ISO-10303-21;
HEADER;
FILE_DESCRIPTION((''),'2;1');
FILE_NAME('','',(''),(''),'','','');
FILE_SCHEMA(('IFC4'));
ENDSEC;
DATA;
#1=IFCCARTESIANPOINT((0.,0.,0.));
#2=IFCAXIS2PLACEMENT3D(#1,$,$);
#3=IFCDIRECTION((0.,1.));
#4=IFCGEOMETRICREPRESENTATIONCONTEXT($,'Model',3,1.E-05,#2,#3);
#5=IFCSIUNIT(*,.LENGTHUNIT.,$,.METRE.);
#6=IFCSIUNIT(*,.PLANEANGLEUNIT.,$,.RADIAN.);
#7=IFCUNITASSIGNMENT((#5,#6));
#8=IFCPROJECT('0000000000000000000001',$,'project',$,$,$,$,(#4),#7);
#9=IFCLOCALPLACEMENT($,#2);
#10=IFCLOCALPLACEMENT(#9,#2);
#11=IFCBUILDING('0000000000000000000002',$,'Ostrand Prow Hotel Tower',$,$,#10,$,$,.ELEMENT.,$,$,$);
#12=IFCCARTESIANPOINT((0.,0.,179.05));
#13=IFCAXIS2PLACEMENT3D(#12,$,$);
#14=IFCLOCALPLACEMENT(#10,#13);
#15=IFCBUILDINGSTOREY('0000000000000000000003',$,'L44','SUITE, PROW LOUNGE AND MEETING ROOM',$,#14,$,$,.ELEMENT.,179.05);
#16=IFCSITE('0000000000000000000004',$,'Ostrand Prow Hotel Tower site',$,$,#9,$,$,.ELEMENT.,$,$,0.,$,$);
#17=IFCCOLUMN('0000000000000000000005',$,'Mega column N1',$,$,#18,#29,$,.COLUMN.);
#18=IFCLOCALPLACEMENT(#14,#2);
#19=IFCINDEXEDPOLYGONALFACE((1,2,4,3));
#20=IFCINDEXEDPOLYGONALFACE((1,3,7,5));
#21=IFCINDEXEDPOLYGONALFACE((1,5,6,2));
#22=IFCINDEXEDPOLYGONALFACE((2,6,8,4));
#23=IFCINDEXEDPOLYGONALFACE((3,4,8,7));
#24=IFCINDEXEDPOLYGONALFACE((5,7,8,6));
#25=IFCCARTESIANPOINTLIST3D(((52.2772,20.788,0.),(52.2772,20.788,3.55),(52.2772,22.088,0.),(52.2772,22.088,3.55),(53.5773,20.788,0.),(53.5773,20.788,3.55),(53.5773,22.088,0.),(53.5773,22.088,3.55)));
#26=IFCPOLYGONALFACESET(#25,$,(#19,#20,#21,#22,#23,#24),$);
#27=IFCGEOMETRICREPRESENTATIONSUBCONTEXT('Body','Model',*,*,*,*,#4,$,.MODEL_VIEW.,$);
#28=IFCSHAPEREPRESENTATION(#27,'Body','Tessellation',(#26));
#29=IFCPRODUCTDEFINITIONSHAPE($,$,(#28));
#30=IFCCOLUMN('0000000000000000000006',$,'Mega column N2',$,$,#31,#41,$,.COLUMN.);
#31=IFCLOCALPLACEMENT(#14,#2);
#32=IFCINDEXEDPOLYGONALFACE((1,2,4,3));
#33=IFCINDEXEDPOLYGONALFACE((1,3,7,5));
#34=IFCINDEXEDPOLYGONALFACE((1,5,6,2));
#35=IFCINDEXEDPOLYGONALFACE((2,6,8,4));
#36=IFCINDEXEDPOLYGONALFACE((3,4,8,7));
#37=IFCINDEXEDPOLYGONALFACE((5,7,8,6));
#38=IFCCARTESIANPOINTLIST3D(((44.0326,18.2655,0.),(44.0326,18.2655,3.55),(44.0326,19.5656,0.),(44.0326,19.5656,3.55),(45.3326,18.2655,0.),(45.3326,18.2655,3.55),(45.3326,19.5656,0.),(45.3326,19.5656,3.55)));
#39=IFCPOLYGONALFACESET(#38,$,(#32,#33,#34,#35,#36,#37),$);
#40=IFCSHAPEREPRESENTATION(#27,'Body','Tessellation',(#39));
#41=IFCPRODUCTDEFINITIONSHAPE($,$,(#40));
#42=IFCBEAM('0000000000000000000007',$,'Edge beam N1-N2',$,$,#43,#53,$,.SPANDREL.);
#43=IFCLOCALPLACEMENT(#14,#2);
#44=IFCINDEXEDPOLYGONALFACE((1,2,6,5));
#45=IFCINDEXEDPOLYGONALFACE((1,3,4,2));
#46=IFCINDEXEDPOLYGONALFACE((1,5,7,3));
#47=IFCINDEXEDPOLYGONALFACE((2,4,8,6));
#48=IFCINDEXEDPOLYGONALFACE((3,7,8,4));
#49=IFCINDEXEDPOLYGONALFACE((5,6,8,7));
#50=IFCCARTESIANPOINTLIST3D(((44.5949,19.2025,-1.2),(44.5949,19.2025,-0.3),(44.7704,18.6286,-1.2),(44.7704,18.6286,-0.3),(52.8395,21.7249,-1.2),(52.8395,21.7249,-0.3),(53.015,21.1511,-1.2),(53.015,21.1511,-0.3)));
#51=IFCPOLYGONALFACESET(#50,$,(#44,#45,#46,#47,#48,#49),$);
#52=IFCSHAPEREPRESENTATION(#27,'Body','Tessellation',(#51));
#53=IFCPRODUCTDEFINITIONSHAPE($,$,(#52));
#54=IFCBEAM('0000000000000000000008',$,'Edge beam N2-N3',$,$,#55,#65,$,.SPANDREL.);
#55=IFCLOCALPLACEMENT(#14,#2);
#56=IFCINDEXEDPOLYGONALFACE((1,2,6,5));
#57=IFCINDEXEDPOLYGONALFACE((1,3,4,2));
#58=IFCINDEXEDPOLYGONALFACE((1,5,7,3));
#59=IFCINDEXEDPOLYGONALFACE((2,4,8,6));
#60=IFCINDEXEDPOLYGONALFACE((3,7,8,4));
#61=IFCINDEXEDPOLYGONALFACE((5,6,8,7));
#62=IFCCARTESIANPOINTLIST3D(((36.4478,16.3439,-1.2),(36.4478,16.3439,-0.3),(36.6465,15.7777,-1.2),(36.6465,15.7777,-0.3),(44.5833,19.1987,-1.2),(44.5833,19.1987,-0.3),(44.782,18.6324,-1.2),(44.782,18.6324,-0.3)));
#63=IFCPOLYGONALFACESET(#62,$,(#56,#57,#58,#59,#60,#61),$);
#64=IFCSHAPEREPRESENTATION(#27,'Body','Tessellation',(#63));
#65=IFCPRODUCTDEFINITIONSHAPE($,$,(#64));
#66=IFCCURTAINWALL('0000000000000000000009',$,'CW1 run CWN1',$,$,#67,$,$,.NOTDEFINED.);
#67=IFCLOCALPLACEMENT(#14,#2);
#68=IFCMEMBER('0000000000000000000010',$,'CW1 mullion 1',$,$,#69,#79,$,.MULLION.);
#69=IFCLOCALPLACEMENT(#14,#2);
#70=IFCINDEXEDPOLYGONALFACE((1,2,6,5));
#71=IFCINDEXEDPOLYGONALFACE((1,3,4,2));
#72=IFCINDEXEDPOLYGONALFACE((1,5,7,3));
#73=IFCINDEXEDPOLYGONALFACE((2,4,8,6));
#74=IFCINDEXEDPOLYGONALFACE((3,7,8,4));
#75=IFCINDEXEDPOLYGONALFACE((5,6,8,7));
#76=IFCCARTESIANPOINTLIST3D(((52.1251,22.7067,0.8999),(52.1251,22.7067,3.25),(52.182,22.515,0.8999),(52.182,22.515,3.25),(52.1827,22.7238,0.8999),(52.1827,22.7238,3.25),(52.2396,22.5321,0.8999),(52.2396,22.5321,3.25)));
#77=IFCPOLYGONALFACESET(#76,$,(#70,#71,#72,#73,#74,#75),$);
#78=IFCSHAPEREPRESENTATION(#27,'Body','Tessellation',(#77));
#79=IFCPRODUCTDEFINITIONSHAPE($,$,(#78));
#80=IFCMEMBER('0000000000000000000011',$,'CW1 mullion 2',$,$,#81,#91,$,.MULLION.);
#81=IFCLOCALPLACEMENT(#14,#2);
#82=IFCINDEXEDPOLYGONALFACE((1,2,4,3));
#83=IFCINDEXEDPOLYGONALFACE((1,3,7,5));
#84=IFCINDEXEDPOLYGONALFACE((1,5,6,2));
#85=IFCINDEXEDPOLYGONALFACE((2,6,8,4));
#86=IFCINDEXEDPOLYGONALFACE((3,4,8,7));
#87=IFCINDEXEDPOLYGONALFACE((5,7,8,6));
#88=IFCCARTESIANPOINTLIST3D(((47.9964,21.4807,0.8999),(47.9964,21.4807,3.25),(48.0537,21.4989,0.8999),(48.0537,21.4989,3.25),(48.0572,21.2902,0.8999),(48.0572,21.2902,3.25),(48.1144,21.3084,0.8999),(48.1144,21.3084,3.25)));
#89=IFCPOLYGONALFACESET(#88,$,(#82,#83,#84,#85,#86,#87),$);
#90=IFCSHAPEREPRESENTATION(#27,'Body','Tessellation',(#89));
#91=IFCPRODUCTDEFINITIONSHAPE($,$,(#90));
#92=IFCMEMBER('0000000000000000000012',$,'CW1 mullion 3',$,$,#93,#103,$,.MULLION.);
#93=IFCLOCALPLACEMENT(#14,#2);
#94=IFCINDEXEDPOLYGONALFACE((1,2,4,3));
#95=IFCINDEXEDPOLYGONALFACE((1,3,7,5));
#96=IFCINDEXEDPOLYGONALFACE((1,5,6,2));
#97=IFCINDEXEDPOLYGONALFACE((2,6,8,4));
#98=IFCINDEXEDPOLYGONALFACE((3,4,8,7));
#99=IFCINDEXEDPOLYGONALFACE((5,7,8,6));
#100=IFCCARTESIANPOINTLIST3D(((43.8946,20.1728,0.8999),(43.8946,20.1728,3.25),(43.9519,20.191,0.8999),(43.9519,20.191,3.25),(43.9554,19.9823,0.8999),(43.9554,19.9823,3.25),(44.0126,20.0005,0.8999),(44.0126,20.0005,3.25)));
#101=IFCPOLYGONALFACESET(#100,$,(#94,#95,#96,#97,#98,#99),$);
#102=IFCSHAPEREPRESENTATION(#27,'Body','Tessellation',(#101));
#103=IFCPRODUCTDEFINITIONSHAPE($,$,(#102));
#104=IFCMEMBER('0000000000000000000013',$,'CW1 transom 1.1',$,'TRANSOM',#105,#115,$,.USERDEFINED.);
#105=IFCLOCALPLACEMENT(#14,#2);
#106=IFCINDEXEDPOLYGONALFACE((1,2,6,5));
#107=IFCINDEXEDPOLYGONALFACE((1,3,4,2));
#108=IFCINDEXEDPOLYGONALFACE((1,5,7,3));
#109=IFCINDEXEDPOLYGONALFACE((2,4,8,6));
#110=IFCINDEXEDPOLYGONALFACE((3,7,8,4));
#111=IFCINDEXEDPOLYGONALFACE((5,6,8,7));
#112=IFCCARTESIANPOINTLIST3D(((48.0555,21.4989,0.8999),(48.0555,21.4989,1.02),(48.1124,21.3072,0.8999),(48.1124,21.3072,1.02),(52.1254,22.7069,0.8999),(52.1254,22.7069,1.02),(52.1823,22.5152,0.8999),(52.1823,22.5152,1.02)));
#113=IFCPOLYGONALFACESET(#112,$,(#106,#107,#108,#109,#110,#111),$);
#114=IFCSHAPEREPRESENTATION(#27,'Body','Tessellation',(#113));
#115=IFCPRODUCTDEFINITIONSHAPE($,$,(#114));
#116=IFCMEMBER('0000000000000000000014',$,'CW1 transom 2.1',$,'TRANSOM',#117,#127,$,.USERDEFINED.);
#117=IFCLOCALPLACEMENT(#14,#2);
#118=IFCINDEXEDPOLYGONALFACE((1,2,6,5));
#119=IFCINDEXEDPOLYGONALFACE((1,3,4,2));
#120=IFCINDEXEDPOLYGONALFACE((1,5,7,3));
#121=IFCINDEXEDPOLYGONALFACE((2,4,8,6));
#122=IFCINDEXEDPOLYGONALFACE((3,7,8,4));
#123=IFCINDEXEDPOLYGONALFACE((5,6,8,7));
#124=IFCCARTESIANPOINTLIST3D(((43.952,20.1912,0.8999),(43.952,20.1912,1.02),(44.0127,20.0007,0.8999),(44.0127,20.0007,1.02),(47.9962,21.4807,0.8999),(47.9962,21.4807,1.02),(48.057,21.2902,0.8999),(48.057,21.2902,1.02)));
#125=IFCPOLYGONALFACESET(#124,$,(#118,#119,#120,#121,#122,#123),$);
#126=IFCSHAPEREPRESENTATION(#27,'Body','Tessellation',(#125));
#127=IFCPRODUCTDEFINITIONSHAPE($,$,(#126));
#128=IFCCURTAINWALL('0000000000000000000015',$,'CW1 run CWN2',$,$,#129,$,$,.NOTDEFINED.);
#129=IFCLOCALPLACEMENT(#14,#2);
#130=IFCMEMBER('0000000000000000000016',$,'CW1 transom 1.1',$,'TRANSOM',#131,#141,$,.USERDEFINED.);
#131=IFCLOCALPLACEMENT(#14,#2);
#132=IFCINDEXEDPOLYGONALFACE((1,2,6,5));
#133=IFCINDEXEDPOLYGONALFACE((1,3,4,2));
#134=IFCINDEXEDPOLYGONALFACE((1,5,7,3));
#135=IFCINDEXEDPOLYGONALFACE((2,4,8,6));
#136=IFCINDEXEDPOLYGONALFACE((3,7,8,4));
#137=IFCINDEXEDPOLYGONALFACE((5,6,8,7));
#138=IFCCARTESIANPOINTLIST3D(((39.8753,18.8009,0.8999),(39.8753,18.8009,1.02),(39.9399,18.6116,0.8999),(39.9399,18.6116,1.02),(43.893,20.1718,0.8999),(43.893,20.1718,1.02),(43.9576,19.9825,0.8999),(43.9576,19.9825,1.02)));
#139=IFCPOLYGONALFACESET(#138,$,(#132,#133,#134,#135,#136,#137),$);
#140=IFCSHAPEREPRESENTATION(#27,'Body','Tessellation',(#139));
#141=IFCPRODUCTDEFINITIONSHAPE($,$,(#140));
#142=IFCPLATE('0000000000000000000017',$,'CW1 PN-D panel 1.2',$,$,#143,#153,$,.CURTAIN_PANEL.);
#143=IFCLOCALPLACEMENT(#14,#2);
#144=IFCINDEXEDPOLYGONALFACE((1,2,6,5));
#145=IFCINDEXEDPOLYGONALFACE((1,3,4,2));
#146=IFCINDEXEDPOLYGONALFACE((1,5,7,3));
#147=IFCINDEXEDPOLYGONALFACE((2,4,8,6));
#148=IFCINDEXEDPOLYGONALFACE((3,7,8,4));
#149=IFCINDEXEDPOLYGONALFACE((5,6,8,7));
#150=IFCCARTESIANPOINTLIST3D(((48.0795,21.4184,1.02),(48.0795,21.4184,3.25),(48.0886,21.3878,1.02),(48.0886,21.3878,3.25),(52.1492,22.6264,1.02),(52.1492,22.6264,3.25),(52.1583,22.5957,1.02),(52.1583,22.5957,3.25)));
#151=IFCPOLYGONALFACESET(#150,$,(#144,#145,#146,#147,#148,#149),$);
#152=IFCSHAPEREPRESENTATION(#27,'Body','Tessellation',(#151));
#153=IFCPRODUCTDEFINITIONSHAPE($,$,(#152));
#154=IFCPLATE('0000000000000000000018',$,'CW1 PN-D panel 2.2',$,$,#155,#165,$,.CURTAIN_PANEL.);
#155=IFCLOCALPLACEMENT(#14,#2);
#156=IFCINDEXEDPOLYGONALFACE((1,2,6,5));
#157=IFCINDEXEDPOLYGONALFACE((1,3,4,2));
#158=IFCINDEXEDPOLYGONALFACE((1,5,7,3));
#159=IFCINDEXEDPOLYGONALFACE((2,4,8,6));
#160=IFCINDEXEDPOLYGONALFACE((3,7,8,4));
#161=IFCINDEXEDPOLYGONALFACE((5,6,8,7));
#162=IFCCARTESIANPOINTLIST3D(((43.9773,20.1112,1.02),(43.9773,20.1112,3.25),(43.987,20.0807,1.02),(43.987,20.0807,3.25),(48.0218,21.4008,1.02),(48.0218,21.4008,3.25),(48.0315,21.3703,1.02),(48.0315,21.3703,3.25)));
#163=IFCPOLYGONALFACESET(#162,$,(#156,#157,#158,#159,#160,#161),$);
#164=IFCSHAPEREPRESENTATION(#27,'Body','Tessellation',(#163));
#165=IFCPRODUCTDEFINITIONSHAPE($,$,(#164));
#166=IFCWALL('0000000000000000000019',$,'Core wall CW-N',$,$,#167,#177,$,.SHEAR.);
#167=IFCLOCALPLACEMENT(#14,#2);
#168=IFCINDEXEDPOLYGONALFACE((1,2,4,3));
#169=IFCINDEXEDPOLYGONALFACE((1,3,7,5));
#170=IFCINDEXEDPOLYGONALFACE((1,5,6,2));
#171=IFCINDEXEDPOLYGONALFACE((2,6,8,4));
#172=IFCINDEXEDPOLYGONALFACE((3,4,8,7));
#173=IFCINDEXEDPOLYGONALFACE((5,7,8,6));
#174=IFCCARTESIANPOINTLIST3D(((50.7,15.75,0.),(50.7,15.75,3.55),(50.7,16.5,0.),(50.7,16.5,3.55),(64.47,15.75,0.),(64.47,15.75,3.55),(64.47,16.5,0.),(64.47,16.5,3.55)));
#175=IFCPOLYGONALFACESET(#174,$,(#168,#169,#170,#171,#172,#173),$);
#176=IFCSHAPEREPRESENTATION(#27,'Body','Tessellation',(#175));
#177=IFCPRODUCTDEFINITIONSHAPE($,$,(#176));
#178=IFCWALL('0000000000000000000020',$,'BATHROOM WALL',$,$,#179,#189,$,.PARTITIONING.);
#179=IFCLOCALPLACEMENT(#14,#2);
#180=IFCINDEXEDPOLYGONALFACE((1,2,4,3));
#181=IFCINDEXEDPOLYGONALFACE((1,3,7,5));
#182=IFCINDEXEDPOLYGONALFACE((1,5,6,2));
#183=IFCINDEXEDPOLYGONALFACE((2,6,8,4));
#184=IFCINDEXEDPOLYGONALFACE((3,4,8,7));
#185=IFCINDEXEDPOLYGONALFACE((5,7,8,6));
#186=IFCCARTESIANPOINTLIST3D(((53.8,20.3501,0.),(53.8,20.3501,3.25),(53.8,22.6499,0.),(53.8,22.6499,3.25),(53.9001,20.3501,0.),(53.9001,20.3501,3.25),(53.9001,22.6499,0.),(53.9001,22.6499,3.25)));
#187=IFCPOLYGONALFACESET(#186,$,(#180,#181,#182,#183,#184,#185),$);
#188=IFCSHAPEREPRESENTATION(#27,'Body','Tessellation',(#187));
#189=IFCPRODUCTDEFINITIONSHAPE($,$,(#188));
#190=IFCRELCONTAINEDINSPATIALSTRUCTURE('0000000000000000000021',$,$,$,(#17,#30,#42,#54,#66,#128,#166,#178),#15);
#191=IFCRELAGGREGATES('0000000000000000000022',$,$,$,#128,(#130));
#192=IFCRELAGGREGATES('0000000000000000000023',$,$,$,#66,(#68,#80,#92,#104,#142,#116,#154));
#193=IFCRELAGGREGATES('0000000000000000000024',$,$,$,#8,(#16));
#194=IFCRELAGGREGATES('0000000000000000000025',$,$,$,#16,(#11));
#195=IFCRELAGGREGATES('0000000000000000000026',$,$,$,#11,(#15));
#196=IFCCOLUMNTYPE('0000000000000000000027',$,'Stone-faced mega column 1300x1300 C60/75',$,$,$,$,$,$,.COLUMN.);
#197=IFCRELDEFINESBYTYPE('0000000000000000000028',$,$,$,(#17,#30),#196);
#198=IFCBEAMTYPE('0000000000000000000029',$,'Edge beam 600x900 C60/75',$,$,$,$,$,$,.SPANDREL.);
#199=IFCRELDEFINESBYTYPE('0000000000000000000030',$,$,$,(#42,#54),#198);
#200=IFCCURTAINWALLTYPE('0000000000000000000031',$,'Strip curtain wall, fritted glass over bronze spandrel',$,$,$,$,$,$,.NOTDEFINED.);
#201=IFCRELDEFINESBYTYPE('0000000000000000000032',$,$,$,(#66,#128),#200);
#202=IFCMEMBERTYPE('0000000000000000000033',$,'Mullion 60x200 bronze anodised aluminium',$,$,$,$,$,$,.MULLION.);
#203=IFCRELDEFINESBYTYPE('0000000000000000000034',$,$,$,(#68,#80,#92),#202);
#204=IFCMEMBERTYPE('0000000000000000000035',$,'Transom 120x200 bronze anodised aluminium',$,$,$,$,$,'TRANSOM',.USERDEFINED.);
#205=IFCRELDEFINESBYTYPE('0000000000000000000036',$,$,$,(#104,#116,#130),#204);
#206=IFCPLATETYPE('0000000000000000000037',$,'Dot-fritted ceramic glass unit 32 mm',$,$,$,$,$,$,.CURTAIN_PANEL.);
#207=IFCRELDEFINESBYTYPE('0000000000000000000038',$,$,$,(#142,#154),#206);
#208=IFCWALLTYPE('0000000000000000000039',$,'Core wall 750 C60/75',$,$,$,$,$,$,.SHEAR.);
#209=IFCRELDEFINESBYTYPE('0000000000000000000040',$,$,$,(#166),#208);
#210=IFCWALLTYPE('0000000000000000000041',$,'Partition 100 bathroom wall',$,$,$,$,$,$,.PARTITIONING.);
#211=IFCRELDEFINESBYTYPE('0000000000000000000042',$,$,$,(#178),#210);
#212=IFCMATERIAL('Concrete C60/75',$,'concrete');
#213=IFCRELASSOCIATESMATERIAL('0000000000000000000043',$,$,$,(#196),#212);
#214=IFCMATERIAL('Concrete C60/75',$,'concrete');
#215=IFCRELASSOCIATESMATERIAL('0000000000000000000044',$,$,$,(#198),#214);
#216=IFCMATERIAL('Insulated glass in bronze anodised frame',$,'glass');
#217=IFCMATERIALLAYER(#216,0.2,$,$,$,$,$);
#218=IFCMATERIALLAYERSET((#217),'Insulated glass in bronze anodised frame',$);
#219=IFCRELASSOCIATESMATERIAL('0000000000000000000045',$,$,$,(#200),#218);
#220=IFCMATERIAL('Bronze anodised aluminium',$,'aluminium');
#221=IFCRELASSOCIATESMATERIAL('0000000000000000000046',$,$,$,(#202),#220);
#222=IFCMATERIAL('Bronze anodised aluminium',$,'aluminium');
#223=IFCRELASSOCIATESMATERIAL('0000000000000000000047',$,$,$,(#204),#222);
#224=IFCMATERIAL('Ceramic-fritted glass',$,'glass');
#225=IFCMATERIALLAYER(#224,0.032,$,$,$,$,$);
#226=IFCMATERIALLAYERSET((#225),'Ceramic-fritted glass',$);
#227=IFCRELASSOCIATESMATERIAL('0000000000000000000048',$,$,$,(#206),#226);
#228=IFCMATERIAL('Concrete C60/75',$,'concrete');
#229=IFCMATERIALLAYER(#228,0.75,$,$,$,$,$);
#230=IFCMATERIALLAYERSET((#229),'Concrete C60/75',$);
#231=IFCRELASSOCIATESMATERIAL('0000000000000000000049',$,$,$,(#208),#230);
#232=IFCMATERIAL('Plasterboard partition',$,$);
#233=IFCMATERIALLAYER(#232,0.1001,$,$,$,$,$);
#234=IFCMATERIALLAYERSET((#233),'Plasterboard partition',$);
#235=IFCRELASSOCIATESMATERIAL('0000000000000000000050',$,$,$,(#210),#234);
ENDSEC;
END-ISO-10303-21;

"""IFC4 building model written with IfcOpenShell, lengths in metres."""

from ifc_helpers import new_model, si_unit, direction, frame, frame_2d, origin, origin_2d, place, context, subcontext, project, spatial, rectangle, extrude, material, layer, layer_set, material_profile, profile_set, type_object, element, aggregate, save


model = new_model("IFC4")

# Units and contexts
model_context = context("Model", 3, precision=1e-05, world=origin(), true_north=direction((0.0, 1.0)))
body_context = subcontext(model_context, "Body", "Model", "MODEL_VIEW")
ifc_project = project(units=[si_unit("LENGTHUNIT", "METRE"), si_unit("PLANEANGLEUNIT", "RADIAN")], contexts=[model_context])

# Site, building, storey
site_placement = place(None, origin())
site = spatial("IfcSite", under=ifc_project, at=site_placement, Name="Ostrand Prow Hotel Tower site", CompositionType="ELEMENT", RefElevation=0.0)
building_placement = place(site_placement, origin())
building = spatial("IfcBuilding", under=site, at=building_placement, Name="Ostrand Prow Hotel Tower", CompositionType="ELEMENT")
storey_placement = place(building_placement, frame((0.0, 0.0, 179.05)))
storey = spatial("IfcBuildingStorey", under=building, at=storey_placement, Name="L44", Description="SUITE, PROW LOUNGE AND MEETING ROOM", CompositionType="ELEMENT", Elevation=179.05)

# Columns
ifc_material_1 = material(Name="Concrete C60/75", Category="concrete")
ifc_material_profile_1 = material_profile(ifc_material_1, rectangle(XDim=1.3, YDim=1.3, at=origin_2d()), Name="RC 1300x1300")
ifc_profile_set_1 = profile_set([ifc_material_profile_1], Name="Concrete C60/75")
column_type = type_object("IfcColumnType", Name="Stone-faced mega column 1300x1300 C60/75", PredefinedType="COLUMN", material=ifc_profile_set_1)
for number, where, z_axis, x_axis, name in (
    (1, (52.9272, 21.438, 0.0), (0.0, 0.0, 1.0), (1.0, 0.0, 0.0), "Mega column N1"),
    (2, (44.6826, 18.9155, 0.0), (0.0, 0.0, 1.0), (1.0, 0.0, 0.0), "Mega column N2"),
):
    element("IfcColumn", number, at=place(storey_placement, frame(where, z_axis=z_axis, x_axis=x_axis)), inside=storey, type_object=column_type, Name=name, PredefinedType="COLUMN", context=body_context, shape_type="SweptSolid", body=[
        extrude(rectangle(XDim=1.3, YDim=1.3, at=origin_2d()), origin(), (0.0, 0.0, 1.0), 3.55),
    ])

# Beams
ifc_material_2 = material(Name="Concrete C60/75", Category="concrete")
ifc_material_profile_2 = material_profile(ifc_material_2, rectangle(XDim=0.6001, YDim=0.8999, at=origin_2d()), Name="RC 600x900")
ifc_profile_set_2 = profile_set([ifc_material_profile_2], Name="Concrete C60/75")
beam_type = type_object("IfcBeamType", Name="Edge beam 600x900 C60/75", PredefinedType="SPANDREL", material=ifc_profile_set_2)
for number, where, z_axis, x_axis, name in (
    (3, (52.9272, 21.438, -0.75), (-0.956246, -0.292565, 0.0), (0.292565, -0.956246, 0.0), "Edge beam N1-N2"),
    (4, (44.6826, 18.9155, -0.75), (-0.943594, -0.331106, 0.0), (0.331106, -0.943594, 0.0), "Edge beam N2-N3"),
):
    element("IfcBeam", number, at=place(storey_placement, frame(where, z_axis=z_axis, x_axis=x_axis)), inside=storey, type_object=beam_type, Name=name, PredefinedType="SPANDREL", context=body_context, shape_type="SweptSolid", body=[
        extrude(rectangle(XDim=0.6001, YDim=0.8999, at=origin_2d()), origin(), (0.0, 0.0, 1.0), 8.6218),
    ])

# Curtain wall, members
ifc_material_3 = material(Name="Insulated glass in bronze anodised frame", Category="glass")
ifc_layer_1 = layer(ifc_material_3, 0.2)
ifc_layer_set_1 = layer_set([ifc_layer_1], Name="Insulated glass in bronze anodised frame")
curtain_wall_type = type_object("IfcCurtainWallType", Name="Strip curtain wall, fritted glass over bronze spandrel", PredefinedType="NOTDEFINED", material=ifc_layer_set_1)
curtain_wall_1_placement = place(storey_placement, origin())
curtain_wall_1 = element("IfcCurtainWall", 5, at=curtain_wall_1_placement, inside=storey, type_object=curtain_wall_type, Name="CW1 run CWN1", PredefinedType="NOTDEFINED")
ifc_material_4 = material(Name="Bronze anodised aluminium", Category="aluminium")
ifc_material_profile_3 = material_profile(ifc_material_4, rectangle(XDim=0.2, YDim=0.0601, at=origin_2d()), Name="Mullion 60x200 bronze anodised aluminium")
ifc_profile_set_3 = profile_set([ifc_material_profile_3], Name="Bronze anodised aluminium")
member_type_1 = type_object("IfcMemberType", Name="Mullion 60x200 bronze anodised aluminium", PredefinedType="MULLION", material=ifc_profile_set_3)
member_1_placement = place(storey_placement, frame((52.1824, 22.6194, 0.8999), z_axis=(0.0, 0.0, 1.0), x_axis=(0.284544, -0.958663, 0.0)))
member_1 = element("IfcMember", 6, at=member_1_placement, type_object=member_type_1, Name="CW1 mullion 1", PredefinedType="MULLION", context=body_context, shape_type="SweptSolid", body=[
    extrude(rectangle(XDim=0.2, YDim=0.0601, at=origin_2d()), origin(), (0.0, 0.0, 1.0), 2.3501),
])
member_2_placement = place(storey_placement, frame((48.0554, 21.3945, 0.8999), z_axis=(0.0, 0.0, 1.0), x_axis=(0.303787, -0.95274, 0.0)))
member_2 = element("IfcMember", 7, at=member_2_placement, type_object=member_type_1, Name="CW1 mullion 2", PredefinedType="MULLION", context=body_context, shape_type="SweptSolid", body=[
    extrude(rectangle(XDim=0.2, YDim=0.0601, at=origin_2d()), origin(), (0.0, 0.0, 1.0), 2.3501),
])
member_3_placement = place(storey_placement, frame((43.9536, 20.0867, 0.8999), z_axis=(0.0, 0.0, 1.0), x_axis=(0.303787, -0.95274, 0.0)))
member_3 = element("IfcMember", 8, at=member_3_placement, type_object=member_type_1, Name="CW1 mullion 3", PredefinedType="MULLION", context=body_context, shape_type="SweptSolid", body=[
    extrude(rectangle(XDim=0.2, YDim=0.0601, at=origin_2d()), origin(), (0.0, 0.0, 1.0), 2.3501),
])
ifc_material_5 = material(Name="Bronze anodised aluminium", Category="aluminium")
ifc_material_profile_4 = material_profile(ifc_material_5, rectangle(XDim=0.2, YDim=0.1201, at=origin_2d()), Name="Transom 120x200 bronze anodised aluminium")
ifc_profile_set_4 = profile_set([ifc_material_profile_4], Name="Bronze anodised aluminium")
member_type_2 = type_object("IfcMemberType", Name="Transom 120x200 bronze anodised aluminium", ElementType="TRANSOM", PredefinedType="USERDEFINED", material=ifc_profile_set_4)
member_4_placement = place(storey_placement, frame((52.1538, 22.6111, 0.96), z_axis=(-0.958661, -0.28455, 0.0), x_axis=(0.28455, -0.958661, 0.0)))
member_4 = element("IfcMember", 9, at=member_4_placement, type_object=member_type_2, Name="CW1 transom 1.1", ObjectType="TRANSOM", PredefinedType="USERDEFINED", context=body_context, shape_type="SweptSolid", body=[
    extrude(rectangle(XDim=0.2, YDim=0.1201, at=origin_2d()), origin(), (0.0, 0.0, 1.0), 4.2454),
])
member_5_placement = place(storey_placement, frame((48.0266, 21.3855, 0.96), z_axis=(-0.952738, -0.303795, 0.0), x_axis=(0.303795, -0.952738, 0.0)))
member_5 = element("IfcMember", 10, at=member_5_placement, type_object=member_type_2, Name="CW1 transom 2.1", ObjectType="TRANSOM", PredefinedType="USERDEFINED", context=body_context, shape_type="SweptSolid", body=[
    extrude(rectangle(XDim=0.2, YDim=0.1201, at=origin_2d()), origin(), (0.0, 0.0, 1.0), 4.2449),
])

# Curtain wall, member
curtain_wall_2_placement = place(storey_placement, origin())
curtain_wall_2 = element("IfcCurtainWall", 11, at=curtain_wall_2_placement, inside=storey, type_object=curtain_wall_type, Name="CW1 run CWN2", PredefinedType="NOTDEFINED")
member_6_placement = place(storey_placement, frame((43.9253, 20.0771, 0.96), z_axis=(-0.946422, -0.322932, 0.0), x_axis=(0.322932, -0.946422, 0.0)))
member_6 = element("IfcMember", 12, at=member_6_placement, type_object=member_type_2, Name="CW1 transom 1.1", ObjectType="TRANSOM", PredefinedType="USERDEFINED", context=body_context, shape_type="SweptSolid", body=[
    extrude(rectangle(XDim=0.2, YDim=0.1201, at=origin_2d()), origin(), (0.0, 0.0, 1.0), 4.2451),
])
aggregate(curtain_wall_2, [member_6])

# Plates
ifc_material_6 = material(Name="Ceramic-fritted glass", Category="glass")
ifc_layer_2 = layer(ifc_material_6, 0.032)
ifc_layer_set_2 = layer_set([ifc_layer_2], Name="Ceramic-fritted glass")
plate_type = type_object("IfcPlateType", Name="Dot-fritted ceramic glass unit 32 mm", PredefinedType="CURTAIN_PANEL", material=ifc_layer_set_2)
plate_1_placement = place(storey_placement, frame((50.1189, 22.0071, 1.02), z_axis=(0.0, 0.0, 1.0), x_axis=(-0.958663, -0.284544, 0.0)))
plate_1 = element("IfcPlate", 13, at=plate_1_placement, type_object=plate_type, Name="CW1 PN-D panel 1.2", PredefinedType="CURTAIN_PANEL", context=body_context, shape_type="SweptSolid", body=[
    extrude(rectangle(XDim=4.2451, YDim=0.032, at=origin_2d()), origin(), (0.0, 0.0, 1.0), 2.23),
])
plate_2_placement = place(storey_placement, frame((46.0044, 20.7407, 1.02), z_axis=(0.0, 0.0, 1.0), x_axis=(-0.95274, -0.303787, 0.0)))
plate_2 = element("IfcPlate", 14, at=plate_2_placement, type_object=plate_type, Name="CW1 PN-D panel 2.2", PredefinedType="CURTAIN_PANEL", context=body_context, shape_type="SweptSolid", body=[
    extrude(rectangle(XDim=4.2451, YDim=0.032, at=origin_2d()), origin(), (0.0, 0.0, 1.0), 2.23),
])
aggregate(curtain_wall_1, [member_1, member_2, member_3, member_4, plate_1, member_5, plate_2])

# Walls
ifc_material_7 = material(Name="Concrete C60/75", Category="concrete")
ifc_layer_3 = layer(ifc_material_7, 0.75)
ifc_layer_set_3 = layer_set([ifc_layer_3], Name="Concrete C60/75")
wall_type_1 = type_object("IfcWallType", Name="Core wall 750 C60/75", PredefinedType="SHEAR", material=ifc_layer_set_3)
wall_1_placement = place(storey_placement, frame((50.7, 16.125, 0.0), z_axis=(0.0, 0.0, 1.0), x_axis=(1.0, 0.0, 0.0)))
element("IfcWall", 15, at=wall_1_placement, inside=storey, type_object=wall_type_1, Name="Core wall CW-N", PredefinedType="SHEAR", context=body_context, shape_type="SweptSolid", body=[
    extrude(rectangle(XDim=13.77, YDim=0.75, at=frame_2d((6.885, 0.0))), origin(), (0.0, 0.0, 1.0), 3.55),
])
ifc_material_8 = material(Name="Plasterboard partition")
ifc_layer_4 = layer(ifc_material_8, 0.1001)
ifc_layer_set_4 = layer_set([ifc_layer_4], Name="Plasterboard partition")
wall_type_2 = type_object("IfcWallType", Name="Partition 100 bathroom wall", PredefinedType="PARTITIONING", material=ifc_layer_set_4)
wall_2_placement = place(storey_placement, frame((53.8501, 20.3501, 0.0), z_axis=(0.0, 0.0, 1.0), x_axis=(0.0, 1.0, 0.0)))
element("IfcWall", 16, at=wall_2_placement, inside=storey, type_object=wall_type_2, Name="BATHROOM WALL", PredefinedType="PARTITIONING", context=body_context, shape_type="SweptSolid", body=[
    extrude(rectangle(XDim=2.2998, YDim=0.1001, at=frame_2d((1.1499, 0.0))), origin(), (0.0, 0.0, 1.0), 3.25),
])

save(model, "model.ifc")
